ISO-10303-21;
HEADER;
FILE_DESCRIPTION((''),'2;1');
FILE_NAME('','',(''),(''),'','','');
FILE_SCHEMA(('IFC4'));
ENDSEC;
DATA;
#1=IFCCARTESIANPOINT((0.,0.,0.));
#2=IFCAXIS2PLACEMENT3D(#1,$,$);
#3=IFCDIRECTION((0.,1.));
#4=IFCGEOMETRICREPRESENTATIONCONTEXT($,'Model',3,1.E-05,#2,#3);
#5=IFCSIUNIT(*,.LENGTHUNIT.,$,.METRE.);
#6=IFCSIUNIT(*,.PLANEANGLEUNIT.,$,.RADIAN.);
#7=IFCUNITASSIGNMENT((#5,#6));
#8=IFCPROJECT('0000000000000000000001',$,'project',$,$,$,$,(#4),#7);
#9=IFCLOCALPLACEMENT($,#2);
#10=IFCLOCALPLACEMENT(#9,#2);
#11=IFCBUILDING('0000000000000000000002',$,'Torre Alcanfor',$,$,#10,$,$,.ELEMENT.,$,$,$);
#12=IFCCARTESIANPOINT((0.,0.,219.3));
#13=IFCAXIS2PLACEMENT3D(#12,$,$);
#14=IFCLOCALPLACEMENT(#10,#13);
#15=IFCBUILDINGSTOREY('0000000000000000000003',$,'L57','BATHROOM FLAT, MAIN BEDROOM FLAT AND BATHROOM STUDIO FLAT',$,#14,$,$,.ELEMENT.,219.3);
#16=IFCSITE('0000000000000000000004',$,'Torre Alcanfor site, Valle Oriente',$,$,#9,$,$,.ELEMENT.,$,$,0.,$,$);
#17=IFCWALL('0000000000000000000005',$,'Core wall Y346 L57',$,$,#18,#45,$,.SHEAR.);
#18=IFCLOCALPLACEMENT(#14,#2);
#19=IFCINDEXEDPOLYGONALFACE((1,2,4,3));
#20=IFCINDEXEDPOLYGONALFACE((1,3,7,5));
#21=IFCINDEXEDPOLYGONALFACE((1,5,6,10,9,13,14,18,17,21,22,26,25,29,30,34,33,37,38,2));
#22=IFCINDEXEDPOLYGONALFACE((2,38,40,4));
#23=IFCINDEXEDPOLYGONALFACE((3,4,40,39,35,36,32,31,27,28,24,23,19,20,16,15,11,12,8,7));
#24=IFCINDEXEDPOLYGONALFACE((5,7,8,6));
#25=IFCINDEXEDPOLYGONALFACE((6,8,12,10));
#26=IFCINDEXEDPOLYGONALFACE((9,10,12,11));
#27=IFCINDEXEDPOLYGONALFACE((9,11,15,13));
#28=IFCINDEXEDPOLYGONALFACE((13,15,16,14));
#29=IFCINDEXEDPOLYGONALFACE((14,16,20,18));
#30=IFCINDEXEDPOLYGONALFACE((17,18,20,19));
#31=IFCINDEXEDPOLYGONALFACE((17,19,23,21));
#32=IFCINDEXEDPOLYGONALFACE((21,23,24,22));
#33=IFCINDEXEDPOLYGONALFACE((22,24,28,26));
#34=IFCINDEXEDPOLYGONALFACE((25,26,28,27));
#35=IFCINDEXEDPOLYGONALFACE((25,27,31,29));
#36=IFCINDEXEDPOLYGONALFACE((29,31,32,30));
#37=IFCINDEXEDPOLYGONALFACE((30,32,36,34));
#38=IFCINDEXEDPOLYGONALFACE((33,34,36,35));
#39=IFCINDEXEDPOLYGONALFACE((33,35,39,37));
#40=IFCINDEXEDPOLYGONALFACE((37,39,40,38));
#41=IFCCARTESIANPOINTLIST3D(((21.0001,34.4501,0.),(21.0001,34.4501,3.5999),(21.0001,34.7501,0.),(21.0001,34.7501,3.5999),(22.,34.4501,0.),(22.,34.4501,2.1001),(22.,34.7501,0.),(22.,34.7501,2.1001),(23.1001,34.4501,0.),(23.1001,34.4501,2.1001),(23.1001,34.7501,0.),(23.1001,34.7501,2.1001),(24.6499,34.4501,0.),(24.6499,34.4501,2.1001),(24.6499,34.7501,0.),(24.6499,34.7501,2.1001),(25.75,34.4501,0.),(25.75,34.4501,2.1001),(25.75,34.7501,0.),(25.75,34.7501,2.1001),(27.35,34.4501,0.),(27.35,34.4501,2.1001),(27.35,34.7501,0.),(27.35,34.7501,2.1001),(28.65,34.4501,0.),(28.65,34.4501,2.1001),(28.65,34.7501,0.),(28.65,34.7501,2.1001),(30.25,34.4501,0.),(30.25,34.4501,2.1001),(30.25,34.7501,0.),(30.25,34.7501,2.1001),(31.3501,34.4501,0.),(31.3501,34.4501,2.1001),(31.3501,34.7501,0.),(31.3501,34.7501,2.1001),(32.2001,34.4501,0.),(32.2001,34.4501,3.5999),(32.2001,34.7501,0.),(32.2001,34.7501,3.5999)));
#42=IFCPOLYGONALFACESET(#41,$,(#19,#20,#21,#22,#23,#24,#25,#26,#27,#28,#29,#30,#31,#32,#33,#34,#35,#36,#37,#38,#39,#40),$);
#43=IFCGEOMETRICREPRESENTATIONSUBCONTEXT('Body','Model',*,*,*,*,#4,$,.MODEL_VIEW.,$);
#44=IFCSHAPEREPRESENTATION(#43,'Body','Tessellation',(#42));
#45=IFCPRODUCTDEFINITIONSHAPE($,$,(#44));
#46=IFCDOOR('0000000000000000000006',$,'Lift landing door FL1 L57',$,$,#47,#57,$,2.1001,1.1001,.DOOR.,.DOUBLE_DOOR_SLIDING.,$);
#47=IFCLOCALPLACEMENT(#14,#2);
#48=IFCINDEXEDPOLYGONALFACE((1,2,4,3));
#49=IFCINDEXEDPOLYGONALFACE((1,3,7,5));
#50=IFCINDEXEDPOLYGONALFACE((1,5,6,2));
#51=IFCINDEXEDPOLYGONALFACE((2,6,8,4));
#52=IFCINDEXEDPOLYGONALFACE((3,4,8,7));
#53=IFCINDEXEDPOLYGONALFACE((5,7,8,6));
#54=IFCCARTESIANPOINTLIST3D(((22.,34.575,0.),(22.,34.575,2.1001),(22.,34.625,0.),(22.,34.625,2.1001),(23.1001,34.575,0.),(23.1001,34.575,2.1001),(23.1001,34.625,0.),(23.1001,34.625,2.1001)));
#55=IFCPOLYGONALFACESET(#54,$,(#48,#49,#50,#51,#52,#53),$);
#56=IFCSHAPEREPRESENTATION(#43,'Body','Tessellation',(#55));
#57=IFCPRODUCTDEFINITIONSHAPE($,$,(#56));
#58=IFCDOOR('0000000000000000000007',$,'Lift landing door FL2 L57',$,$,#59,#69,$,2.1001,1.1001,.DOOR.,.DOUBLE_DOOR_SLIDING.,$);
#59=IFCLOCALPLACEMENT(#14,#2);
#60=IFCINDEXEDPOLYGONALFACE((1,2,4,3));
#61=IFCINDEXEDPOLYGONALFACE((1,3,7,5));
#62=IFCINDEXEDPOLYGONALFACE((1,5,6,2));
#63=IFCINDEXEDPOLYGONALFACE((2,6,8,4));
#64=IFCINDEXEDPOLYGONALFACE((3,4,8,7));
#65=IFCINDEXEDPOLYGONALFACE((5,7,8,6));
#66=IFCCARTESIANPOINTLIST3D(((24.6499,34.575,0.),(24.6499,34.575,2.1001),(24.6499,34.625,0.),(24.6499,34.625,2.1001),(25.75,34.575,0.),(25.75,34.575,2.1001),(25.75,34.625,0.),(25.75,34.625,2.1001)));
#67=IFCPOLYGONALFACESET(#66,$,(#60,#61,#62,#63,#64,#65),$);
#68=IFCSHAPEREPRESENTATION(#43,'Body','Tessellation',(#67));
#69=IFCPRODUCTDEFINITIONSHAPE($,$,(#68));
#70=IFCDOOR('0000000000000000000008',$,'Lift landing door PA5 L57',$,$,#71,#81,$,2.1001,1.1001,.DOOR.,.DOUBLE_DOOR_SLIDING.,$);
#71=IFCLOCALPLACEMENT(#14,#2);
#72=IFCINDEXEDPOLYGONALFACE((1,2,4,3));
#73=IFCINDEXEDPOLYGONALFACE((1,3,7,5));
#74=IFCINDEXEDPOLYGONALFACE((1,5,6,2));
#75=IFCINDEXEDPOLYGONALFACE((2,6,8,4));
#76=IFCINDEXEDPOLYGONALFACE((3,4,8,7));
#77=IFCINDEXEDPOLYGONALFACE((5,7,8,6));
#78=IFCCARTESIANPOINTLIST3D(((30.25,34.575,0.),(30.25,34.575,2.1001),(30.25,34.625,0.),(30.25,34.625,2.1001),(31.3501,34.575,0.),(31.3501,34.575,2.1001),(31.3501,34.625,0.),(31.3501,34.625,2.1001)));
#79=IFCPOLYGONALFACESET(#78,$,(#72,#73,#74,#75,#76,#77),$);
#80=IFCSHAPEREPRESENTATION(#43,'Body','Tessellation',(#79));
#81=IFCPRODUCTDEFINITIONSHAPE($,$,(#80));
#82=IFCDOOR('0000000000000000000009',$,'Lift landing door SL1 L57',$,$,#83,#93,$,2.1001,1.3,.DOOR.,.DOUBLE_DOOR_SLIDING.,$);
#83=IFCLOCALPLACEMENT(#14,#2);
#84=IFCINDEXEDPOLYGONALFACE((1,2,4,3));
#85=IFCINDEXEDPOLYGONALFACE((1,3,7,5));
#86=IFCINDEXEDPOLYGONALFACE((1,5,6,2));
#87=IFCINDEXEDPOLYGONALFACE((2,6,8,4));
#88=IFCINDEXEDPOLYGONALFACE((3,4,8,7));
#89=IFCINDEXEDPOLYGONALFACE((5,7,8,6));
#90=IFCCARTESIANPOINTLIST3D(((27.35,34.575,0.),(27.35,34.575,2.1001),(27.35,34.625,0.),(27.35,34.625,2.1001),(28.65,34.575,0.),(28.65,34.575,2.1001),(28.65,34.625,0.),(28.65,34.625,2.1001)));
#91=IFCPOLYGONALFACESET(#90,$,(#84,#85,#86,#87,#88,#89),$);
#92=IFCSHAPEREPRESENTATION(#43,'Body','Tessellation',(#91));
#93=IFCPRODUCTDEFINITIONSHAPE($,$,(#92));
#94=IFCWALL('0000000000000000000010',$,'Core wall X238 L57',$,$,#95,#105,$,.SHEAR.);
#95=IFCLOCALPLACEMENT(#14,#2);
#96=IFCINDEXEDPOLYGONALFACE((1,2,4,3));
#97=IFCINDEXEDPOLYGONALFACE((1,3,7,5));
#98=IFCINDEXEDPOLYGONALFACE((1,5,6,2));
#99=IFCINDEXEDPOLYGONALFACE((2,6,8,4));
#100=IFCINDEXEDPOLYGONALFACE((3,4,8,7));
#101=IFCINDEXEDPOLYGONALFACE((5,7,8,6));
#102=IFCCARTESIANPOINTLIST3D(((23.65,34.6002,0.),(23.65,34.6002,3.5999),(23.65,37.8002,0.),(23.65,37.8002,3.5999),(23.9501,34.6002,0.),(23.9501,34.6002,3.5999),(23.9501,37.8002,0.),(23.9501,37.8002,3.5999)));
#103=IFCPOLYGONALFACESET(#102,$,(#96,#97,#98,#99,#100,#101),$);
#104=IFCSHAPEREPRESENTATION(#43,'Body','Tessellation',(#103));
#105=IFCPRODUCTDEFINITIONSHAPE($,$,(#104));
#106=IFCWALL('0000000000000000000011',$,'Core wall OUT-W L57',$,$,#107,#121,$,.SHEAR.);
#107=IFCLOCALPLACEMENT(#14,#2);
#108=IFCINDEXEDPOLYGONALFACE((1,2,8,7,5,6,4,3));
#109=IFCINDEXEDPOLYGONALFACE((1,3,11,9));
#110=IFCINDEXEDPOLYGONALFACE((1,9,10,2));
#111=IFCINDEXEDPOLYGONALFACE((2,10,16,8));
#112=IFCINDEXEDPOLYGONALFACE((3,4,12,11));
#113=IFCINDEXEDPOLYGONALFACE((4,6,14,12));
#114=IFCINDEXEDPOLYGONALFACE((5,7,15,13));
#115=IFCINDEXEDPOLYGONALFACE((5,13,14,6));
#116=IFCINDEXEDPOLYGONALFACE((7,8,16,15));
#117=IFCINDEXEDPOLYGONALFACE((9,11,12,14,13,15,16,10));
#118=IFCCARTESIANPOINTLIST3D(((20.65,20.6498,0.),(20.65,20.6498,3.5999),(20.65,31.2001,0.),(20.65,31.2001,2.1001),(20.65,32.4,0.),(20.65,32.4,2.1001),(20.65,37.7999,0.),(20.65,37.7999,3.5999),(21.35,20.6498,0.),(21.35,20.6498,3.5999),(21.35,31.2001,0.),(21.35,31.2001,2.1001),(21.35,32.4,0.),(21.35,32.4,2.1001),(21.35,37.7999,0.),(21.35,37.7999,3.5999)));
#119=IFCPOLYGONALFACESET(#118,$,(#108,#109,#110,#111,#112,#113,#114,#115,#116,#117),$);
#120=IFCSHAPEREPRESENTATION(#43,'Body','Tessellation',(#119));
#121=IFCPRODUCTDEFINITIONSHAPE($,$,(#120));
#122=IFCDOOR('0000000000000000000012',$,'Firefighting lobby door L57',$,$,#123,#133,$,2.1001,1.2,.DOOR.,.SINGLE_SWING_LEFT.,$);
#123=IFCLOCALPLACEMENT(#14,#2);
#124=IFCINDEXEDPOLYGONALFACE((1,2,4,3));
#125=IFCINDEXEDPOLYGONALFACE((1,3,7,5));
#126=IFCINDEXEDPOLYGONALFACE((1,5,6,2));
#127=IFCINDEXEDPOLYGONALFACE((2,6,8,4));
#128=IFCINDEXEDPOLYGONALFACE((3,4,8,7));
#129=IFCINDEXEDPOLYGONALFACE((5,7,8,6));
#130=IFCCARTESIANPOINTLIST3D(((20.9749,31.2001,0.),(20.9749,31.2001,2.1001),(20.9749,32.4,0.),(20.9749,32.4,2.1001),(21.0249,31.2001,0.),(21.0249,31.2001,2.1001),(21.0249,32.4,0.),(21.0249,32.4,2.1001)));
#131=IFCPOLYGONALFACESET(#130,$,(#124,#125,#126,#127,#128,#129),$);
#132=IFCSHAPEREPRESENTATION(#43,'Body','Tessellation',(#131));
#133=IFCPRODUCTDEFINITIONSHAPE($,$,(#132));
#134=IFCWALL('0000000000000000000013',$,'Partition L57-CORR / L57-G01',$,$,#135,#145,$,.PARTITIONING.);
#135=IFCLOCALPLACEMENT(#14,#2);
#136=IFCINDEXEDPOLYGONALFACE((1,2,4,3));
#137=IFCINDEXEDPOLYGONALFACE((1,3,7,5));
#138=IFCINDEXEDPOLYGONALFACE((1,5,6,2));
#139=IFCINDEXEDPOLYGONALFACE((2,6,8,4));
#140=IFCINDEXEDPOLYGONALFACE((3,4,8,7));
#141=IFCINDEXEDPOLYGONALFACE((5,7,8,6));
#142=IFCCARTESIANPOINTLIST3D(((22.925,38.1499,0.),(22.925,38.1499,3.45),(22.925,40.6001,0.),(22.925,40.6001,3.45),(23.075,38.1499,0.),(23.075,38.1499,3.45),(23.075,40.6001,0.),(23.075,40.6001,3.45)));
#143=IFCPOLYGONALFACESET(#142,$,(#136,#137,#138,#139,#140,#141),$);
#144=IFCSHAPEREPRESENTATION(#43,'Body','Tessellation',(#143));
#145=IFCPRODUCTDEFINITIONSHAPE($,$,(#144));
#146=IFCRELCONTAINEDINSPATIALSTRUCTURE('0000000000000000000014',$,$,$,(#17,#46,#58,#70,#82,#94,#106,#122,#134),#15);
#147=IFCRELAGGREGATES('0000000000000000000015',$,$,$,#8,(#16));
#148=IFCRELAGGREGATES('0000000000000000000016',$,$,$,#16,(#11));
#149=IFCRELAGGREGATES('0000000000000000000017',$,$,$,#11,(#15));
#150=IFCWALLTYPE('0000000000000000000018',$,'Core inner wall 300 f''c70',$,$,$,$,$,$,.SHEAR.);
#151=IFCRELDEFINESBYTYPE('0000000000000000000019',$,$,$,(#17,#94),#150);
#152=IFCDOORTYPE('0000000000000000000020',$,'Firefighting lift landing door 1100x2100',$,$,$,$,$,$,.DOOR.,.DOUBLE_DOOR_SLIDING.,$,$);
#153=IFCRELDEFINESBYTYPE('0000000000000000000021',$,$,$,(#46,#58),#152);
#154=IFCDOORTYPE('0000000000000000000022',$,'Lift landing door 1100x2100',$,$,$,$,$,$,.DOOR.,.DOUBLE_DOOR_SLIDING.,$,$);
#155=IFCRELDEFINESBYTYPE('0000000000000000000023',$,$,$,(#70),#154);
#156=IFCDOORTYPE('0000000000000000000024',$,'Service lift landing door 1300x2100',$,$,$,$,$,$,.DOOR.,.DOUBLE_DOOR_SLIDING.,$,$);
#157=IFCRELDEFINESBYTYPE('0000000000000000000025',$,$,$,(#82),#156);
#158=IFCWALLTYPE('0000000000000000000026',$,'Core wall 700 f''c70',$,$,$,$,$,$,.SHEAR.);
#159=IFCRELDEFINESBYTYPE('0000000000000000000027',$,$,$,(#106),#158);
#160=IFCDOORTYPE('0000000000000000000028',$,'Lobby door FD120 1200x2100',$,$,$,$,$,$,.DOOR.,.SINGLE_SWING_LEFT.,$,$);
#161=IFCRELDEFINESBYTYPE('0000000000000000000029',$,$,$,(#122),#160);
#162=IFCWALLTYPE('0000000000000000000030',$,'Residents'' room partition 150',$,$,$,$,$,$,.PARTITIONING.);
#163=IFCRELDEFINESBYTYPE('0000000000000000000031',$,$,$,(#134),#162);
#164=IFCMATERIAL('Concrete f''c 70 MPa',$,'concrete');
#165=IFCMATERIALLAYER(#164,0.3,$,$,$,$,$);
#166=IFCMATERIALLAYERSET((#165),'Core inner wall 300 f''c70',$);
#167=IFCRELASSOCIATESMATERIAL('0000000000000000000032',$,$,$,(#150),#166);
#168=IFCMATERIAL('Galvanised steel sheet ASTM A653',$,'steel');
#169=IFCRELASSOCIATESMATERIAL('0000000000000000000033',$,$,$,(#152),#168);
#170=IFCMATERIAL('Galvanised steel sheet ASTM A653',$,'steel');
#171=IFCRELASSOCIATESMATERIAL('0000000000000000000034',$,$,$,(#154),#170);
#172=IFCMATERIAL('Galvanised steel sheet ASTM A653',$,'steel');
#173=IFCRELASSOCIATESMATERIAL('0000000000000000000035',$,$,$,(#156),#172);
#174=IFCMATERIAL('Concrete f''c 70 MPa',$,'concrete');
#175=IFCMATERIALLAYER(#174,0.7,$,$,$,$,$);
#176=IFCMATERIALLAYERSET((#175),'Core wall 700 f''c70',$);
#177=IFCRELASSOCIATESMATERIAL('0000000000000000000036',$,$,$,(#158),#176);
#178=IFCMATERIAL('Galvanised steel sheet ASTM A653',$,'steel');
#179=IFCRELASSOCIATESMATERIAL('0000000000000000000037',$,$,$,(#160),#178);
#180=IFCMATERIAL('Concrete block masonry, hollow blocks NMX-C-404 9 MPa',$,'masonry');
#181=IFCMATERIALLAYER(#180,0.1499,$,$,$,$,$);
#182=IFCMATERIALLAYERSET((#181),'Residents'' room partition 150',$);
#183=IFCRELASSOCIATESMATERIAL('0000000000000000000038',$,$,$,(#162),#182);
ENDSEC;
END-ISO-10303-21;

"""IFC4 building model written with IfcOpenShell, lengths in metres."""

from ifc_helpers import new_model, si_unit, direction, frame, frame_2d, origin, place, context, subcontext, project, spatial, rectangle, extrude, material, layer, layer_set, type_object, element, fill, save


model = new_model("IFC4")

# Units and contexts
model_context = context("Model", 3, precision=1e-05, world=origin(), true_north=direction((0.0, 1.0)))
body_context = subcontext(model_context, "Body", "Model", "MODEL_VIEW")
ifc_project = project(units=[si_unit("LENGTHUNIT", "METRE"), si_unit("PLANEANGLEUNIT", "RADIAN")], contexts=[model_context])

# Site, building, storey
site_placement = place(None, origin())
site = spatial("IfcSite", under=ifc_project, at=site_placement, Name="Torre Alcanfor site, Valle Oriente", CompositionType="ELEMENT", RefElevation=0.0)
building_placement = place(site_placement, origin())
building = spatial("IfcBuilding", under=site, at=building_placement, Name="Torre Alcanfor", CompositionType="ELEMENT")
storey_placement = place(building_placement, frame((0.0, 0.0, 219.3)))
storey = spatial("IfcBuildingStorey", under=building, at=storey_placement, Name="L57", Description="BATHROOM FLAT, MAIN BEDROOM FLAT AND BATHROOM STUDIO FLAT", CompositionType="ELEMENT", Elevation=219.3)

# Wall, openings, doors
ifc_material_1 = material(Name="Concrete f'c 70 MPa", Category="concrete")
ifc_layer_1 = layer(ifc_material_1, 0.3)
ifc_layer_set_1 = layer_set([ifc_layer_1], Name="Core inner wall 300 f'c70")
wall_type_1 = type_object("IfcWallType", Name="Core inner wall 300 f'c70", PredefinedType="SHEAR", material=ifc_layer_set_1)
wall_1_placement = place(storey_placement, frame((21.0, 34.6001, 0.0), z_axis=(0.0, 0.0, 1.0), x_axis=(1.0, 0.0, 0.0)))
wall_1 = element("IfcWall", 1, at=wall_1_placement, inside=storey, type_object=wall_type_1, Name="Core wall Y346 L57", PredefinedType="SHEAR", context=body_context, shape_type="SweptSolid", body=[
    extrude(rectangle(XDim=11.2, YDim=0.3, at=frame_2d((5.6001, 0.0))), origin(), (0.0, 0.0, 1.0), 3.5999),
])
opening_1_placement = place(wall_1_placement, frame((9.25, 0.0, 0.0)))
opening_1 = element("IfcOpeningElement", 2, at=opening_1_placement, cuts=wall_1, PredefinedType="OPENING", context=body_context, shape_type="SweptSolid", body=[
    extrude(rectangle(XDim=1.1001, YDim=2.1001, at=frame_2d((0.55, 1.05))), frame((0.0, 0.1599, 0.0), z_axis=(0.0, -1.0, 0.0), x_axis=(1.0, 0.0, 0.0)), (0.0, 0.0, 1.0), 0.3201),
])
opening_2_placement = place(wall_1_placement, frame((1.0, 0.0, 0.0)))
opening_2 = element("IfcOpeningElement", 3, at=opening_2_placement, cuts=wall_1, PredefinedType="OPENING", context=body_context, shape_type="SweptSolid", body=[
    extrude(rectangle(XDim=1.1001, YDim=2.1001, at=frame_2d((0.55, 1.05))), frame((0.0, 0.1599, 0.0), z_axis=(0.0, -1.0, 0.0), x_axis=(1.0, 0.0, 0.0)), (0.0, 0.0, 1.0), 0.3201),
])
opening_3_placement = place(wall_1_placement, frame((3.6499, 0.0, 0.0)))
opening_3 = element("IfcOpeningElement", 4, at=opening_3_placement, cuts=wall_1, PredefinedType="OPENING", context=body_context, shape_type="SweptSolid", body=[
    extrude(rectangle(XDim=1.1001, YDim=2.1001, at=frame_2d((0.55, 1.05))), frame((0.0, 0.1599, 0.0), z_axis=(0.0, -1.0, 0.0), x_axis=(1.0, 0.0, 0.0)), (0.0, 0.0, 1.0), 0.3201),
])
opening_4_placement = place(wall_1_placement, frame((6.3501, 0.0, 0.0)))
opening_4 = element("IfcOpeningElement", 5, at=opening_4_placement, cuts=wall_1, PredefinedType="OPENING", context=body_context, shape_type="SweptSolid", body=[
    extrude(rectangle(XDim=1.3, YDim=2.1001, at=frame_2d((0.6499, 1.05))), frame((0.0, 0.1599, 0.0), z_axis=(0.0, -1.0, 0.0), x_axis=(1.0, 0.0, 0.0)), (0.0, 0.0, 1.0), 0.3201),
])
ifc_material_2 = material(Name="Galvanised steel sheet ASTM A653", Category="steel")
door_type_1 = type_object("IfcDoorType", Name="Firefighting lift landing door 1100x2100", OperationType="DOUBLE_DOOR_SLIDING", PredefinedType="DOOR", material=ifc_material_2)
door_1_placement = place(opening_2_placement, origin())
door_1 = element("IfcDoor", 6, at=door_1_placement, inside=storey, type_object=door_type_1, Name="Lift landing door FL1 L57", OperationType="DOUBLE_DOOR_SLIDING", OverallHeight=2.1001, OverallWidth=1.1001, PredefinedType="DOOR", context=body_context, shape_type="SweptSolid", body=[
    extrude(rectangle(XDim=1.1001, YDim=2.1001, at=frame_2d((0.55, 1.05))), frame((0.0, 0.0249, 0.0), z_axis=(0.0, -1.0, 0.0), x_axis=(1.0, 0.0, 0.0)), (0.0, 0.0, 1.0), 0.05),
])
fill(opening_2, door_1)
door_2_placement = place(opening_3_placement, origin())
door_2 = element("IfcDoor", 7, at=door_2_placement, inside=storey, type_object=door_type_1, Name="Lift landing door FL2 L57", OperationType="DOUBLE_DOOR_SLIDING", OverallHeight=2.1001, OverallWidth=1.1001, PredefinedType="DOOR", context=body_context, shape_type="SweptSolid", body=[
    extrude(rectangle(XDim=1.1001, YDim=2.1001, at=frame_2d((0.55, 1.05))), frame((0.0, 0.0249, 0.0), z_axis=(0.0, -1.0, 0.0), x_axis=(1.0, 0.0, 0.0)), (0.0, 0.0, 1.0), 0.05),
])
fill(opening_3, door_2)
ifc_material_3 = material(Name="Galvanised steel sheet ASTM A653", Category="steel")
door_type_2 = type_object("IfcDoorType", Name="Lift landing door 1100x2100", OperationType="DOUBLE_DOOR_SLIDING", PredefinedType="DOOR", material=ifc_material_3)
door_3_placement = place(opening_1_placement, origin())
door_3 = element("IfcDoor", 8, at=door_3_placement, inside=storey, type_object=door_type_2, Name="Lift landing door PA5 L57", OperationType="DOUBLE_DOOR_SLIDING", OverallHeight=2.1001, OverallWidth=1.1001, PredefinedType="DOOR", context=body_context, shape_type="SweptSolid", body=[
    extrude(rectangle(XDim=1.1001, YDim=2.1001, at=frame_2d((0.55, 1.05))), frame((0.0, 0.0249, 0.0), z_axis=(0.0, -1.0, 0.0), x_axis=(1.0, 0.0, 0.0)), (0.0, 0.0, 1.0), 0.05),
])
fill(opening_1, door_3)
ifc_material_4 = material(Name="Galvanised steel sheet ASTM A653", Category="steel")
door_type_3 = type_object("IfcDoorType", Name="Service lift landing door 1300x2100", OperationType="DOUBLE_DOOR_SLIDING", PredefinedType="DOOR", material=ifc_material_4)
door_4_placement = place(opening_4_placement, origin())
door_4 = element("IfcDoor", 9, at=door_4_placement, inside=storey, type_object=door_type_3, Name="Lift landing door SL1 L57", OperationType="DOUBLE_DOOR_SLIDING", OverallHeight=2.1001, OverallWidth=1.3, PredefinedType="DOOR", context=body_context, shape_type="SweptSolid", body=[
    extrude(rectangle(XDim=1.3, YDim=2.1001, at=frame_2d((0.6499, 1.05))), frame((0.0, 0.0249, 0.0), z_axis=(0.0, -1.0, 0.0), x_axis=(1.0, 0.0, 0.0)), (0.0, 0.0, 1.0), 0.05),
])
fill(opening_4, door_4)

# Wall
wall_2_placement = place(storey_placement, frame((23.8, 34.6001, 0.0), z_axis=(0.0, 0.0, 1.0), x_axis=(0.0, 1.0, 0.0)))
element("IfcWall", 10, at=wall_2_placement, inside=storey, type_object=wall_type_1, Name="Core wall X238 L57", PredefinedType="SHEAR", context=body_context, shape_type="SweptSolid", body=[
    extrude(rectangle(XDim=3.2, YDim=0.3, at=frame_2d((1.6001, 0.0))), origin(), (0.0, 0.0, 1.0), 3.5999),
])

# Wall, opening, door
ifc_material_5 = material(Name="Concrete f'c 70 MPa", Category="concrete")
ifc_layer_2 = layer(ifc_material_5, 0.7)
ifc_layer_set_2 = layer_set([ifc_layer_2], Name="Core wall 700 f'c70")
wall_type_2 = type_object("IfcWallType", Name="Core wall 700 f'c70", PredefinedType="SHEAR", material=ifc_layer_set_2)
wall_3_placement = place(storey_placement, frame((21.0, 37.8, 0.0), z_axis=(0.0, 0.0, 1.0), x_axis=(0.0, -1.0, 0.0)))
wall_3 = element("IfcWall", 11, at=wall_3_placement, inside=storey, type_object=wall_type_2, Name="Core wall OUT-W L57", PredefinedType="SHEAR", context=body_context, shape_type="SweptSolid", body=[
    extrude(rectangle(XDim=17.1501, YDim=0.7, at=frame_2d((8.5752, 0.0))), origin(), (0.0, 0.0, 1.0), 3.5999),
])
opening_5_placement = place(wall_3_placement, frame((5.3999, 0.0, 0.0)))
opening_5 = element("IfcOpeningElement", 12, at=opening_5_placement, cuts=wall_3, PredefinedType="OPENING", context=body_context, shape_type="SweptSolid", body=[
    extrude(rectangle(XDim=1.2, YDim=2.1001, at=frame_2d((0.6001, 1.05))), frame((0.0, 0.3599, 0.0), z_axis=(0.0, -1.0, 0.0), x_axis=(1.0, 0.0, 0.0)), (0.0, 0.0, 1.0), 0.72),
])
ifc_material_6 = material(Name="Galvanised steel sheet ASTM A653", Category="steel")
door_type_4 = type_object("IfcDoorType", Name="Lobby door FD120 1200x2100", OperationType="SINGLE_SWING_LEFT", PredefinedType="DOOR", material=ifc_material_6)
door_5_placement = place(opening_5_placement, origin())
door_5 = element("IfcDoor", 13, at=door_5_placement, inside=storey, type_object=door_type_4, Name="Firefighting lobby door L57", OperationType="SINGLE_SWING_LEFT", OverallHeight=2.1001, OverallWidth=1.2, PredefinedType="DOOR", context=body_context, shape_type="SweptSolid", body=[
    extrude(rectangle(XDim=1.2, YDim=2.1001, at=frame_2d((0.6001, 1.05))), frame((0.0, 0.0249, 0.0), z_axis=(0.0, -1.0, 0.0), x_axis=(1.0, 0.0, 0.0)), (0.0, 0.0, 1.0), 0.05),
])
fill(opening_5, door_5)

# Wall
ifc_material_7 = material(Name="Concrete block masonry, hollow blocks NMX-C-404 9 MPa", Category="masonry")
ifc_layer_3 = layer(ifc_material_7, 0.1499)
ifc_layer_set_3 = layer_set([ifc_layer_3], Name="Residents' room partition 150")
wall_type_3 = type_object("IfcWallType", Name="Residents' room partition 150", PredefinedType="PARTITIONING", material=ifc_layer_set_3)
wall_4_placement = place(storey_placement, frame((23.0, 38.1499, 0.0), z_axis=(0.0, 0.0, 1.0), x_axis=(0.0, 1.0, 0.0)))
element("IfcWall", 14, at=wall_4_placement, inside=storey, type_object=wall_type_3, Name="Partition L57-CORR / L57-G01", PredefinedType="PARTITIONING", context=body_context, shape_type="SweptSolid", body=[
    extrude(rectangle(XDim=2.4502, YDim=0.1499, at=frame_2d((1.2251, 0.0))), origin(), (0.0, 0.0, 1.0), 3.45),
])

save(model, "model.ifc")
